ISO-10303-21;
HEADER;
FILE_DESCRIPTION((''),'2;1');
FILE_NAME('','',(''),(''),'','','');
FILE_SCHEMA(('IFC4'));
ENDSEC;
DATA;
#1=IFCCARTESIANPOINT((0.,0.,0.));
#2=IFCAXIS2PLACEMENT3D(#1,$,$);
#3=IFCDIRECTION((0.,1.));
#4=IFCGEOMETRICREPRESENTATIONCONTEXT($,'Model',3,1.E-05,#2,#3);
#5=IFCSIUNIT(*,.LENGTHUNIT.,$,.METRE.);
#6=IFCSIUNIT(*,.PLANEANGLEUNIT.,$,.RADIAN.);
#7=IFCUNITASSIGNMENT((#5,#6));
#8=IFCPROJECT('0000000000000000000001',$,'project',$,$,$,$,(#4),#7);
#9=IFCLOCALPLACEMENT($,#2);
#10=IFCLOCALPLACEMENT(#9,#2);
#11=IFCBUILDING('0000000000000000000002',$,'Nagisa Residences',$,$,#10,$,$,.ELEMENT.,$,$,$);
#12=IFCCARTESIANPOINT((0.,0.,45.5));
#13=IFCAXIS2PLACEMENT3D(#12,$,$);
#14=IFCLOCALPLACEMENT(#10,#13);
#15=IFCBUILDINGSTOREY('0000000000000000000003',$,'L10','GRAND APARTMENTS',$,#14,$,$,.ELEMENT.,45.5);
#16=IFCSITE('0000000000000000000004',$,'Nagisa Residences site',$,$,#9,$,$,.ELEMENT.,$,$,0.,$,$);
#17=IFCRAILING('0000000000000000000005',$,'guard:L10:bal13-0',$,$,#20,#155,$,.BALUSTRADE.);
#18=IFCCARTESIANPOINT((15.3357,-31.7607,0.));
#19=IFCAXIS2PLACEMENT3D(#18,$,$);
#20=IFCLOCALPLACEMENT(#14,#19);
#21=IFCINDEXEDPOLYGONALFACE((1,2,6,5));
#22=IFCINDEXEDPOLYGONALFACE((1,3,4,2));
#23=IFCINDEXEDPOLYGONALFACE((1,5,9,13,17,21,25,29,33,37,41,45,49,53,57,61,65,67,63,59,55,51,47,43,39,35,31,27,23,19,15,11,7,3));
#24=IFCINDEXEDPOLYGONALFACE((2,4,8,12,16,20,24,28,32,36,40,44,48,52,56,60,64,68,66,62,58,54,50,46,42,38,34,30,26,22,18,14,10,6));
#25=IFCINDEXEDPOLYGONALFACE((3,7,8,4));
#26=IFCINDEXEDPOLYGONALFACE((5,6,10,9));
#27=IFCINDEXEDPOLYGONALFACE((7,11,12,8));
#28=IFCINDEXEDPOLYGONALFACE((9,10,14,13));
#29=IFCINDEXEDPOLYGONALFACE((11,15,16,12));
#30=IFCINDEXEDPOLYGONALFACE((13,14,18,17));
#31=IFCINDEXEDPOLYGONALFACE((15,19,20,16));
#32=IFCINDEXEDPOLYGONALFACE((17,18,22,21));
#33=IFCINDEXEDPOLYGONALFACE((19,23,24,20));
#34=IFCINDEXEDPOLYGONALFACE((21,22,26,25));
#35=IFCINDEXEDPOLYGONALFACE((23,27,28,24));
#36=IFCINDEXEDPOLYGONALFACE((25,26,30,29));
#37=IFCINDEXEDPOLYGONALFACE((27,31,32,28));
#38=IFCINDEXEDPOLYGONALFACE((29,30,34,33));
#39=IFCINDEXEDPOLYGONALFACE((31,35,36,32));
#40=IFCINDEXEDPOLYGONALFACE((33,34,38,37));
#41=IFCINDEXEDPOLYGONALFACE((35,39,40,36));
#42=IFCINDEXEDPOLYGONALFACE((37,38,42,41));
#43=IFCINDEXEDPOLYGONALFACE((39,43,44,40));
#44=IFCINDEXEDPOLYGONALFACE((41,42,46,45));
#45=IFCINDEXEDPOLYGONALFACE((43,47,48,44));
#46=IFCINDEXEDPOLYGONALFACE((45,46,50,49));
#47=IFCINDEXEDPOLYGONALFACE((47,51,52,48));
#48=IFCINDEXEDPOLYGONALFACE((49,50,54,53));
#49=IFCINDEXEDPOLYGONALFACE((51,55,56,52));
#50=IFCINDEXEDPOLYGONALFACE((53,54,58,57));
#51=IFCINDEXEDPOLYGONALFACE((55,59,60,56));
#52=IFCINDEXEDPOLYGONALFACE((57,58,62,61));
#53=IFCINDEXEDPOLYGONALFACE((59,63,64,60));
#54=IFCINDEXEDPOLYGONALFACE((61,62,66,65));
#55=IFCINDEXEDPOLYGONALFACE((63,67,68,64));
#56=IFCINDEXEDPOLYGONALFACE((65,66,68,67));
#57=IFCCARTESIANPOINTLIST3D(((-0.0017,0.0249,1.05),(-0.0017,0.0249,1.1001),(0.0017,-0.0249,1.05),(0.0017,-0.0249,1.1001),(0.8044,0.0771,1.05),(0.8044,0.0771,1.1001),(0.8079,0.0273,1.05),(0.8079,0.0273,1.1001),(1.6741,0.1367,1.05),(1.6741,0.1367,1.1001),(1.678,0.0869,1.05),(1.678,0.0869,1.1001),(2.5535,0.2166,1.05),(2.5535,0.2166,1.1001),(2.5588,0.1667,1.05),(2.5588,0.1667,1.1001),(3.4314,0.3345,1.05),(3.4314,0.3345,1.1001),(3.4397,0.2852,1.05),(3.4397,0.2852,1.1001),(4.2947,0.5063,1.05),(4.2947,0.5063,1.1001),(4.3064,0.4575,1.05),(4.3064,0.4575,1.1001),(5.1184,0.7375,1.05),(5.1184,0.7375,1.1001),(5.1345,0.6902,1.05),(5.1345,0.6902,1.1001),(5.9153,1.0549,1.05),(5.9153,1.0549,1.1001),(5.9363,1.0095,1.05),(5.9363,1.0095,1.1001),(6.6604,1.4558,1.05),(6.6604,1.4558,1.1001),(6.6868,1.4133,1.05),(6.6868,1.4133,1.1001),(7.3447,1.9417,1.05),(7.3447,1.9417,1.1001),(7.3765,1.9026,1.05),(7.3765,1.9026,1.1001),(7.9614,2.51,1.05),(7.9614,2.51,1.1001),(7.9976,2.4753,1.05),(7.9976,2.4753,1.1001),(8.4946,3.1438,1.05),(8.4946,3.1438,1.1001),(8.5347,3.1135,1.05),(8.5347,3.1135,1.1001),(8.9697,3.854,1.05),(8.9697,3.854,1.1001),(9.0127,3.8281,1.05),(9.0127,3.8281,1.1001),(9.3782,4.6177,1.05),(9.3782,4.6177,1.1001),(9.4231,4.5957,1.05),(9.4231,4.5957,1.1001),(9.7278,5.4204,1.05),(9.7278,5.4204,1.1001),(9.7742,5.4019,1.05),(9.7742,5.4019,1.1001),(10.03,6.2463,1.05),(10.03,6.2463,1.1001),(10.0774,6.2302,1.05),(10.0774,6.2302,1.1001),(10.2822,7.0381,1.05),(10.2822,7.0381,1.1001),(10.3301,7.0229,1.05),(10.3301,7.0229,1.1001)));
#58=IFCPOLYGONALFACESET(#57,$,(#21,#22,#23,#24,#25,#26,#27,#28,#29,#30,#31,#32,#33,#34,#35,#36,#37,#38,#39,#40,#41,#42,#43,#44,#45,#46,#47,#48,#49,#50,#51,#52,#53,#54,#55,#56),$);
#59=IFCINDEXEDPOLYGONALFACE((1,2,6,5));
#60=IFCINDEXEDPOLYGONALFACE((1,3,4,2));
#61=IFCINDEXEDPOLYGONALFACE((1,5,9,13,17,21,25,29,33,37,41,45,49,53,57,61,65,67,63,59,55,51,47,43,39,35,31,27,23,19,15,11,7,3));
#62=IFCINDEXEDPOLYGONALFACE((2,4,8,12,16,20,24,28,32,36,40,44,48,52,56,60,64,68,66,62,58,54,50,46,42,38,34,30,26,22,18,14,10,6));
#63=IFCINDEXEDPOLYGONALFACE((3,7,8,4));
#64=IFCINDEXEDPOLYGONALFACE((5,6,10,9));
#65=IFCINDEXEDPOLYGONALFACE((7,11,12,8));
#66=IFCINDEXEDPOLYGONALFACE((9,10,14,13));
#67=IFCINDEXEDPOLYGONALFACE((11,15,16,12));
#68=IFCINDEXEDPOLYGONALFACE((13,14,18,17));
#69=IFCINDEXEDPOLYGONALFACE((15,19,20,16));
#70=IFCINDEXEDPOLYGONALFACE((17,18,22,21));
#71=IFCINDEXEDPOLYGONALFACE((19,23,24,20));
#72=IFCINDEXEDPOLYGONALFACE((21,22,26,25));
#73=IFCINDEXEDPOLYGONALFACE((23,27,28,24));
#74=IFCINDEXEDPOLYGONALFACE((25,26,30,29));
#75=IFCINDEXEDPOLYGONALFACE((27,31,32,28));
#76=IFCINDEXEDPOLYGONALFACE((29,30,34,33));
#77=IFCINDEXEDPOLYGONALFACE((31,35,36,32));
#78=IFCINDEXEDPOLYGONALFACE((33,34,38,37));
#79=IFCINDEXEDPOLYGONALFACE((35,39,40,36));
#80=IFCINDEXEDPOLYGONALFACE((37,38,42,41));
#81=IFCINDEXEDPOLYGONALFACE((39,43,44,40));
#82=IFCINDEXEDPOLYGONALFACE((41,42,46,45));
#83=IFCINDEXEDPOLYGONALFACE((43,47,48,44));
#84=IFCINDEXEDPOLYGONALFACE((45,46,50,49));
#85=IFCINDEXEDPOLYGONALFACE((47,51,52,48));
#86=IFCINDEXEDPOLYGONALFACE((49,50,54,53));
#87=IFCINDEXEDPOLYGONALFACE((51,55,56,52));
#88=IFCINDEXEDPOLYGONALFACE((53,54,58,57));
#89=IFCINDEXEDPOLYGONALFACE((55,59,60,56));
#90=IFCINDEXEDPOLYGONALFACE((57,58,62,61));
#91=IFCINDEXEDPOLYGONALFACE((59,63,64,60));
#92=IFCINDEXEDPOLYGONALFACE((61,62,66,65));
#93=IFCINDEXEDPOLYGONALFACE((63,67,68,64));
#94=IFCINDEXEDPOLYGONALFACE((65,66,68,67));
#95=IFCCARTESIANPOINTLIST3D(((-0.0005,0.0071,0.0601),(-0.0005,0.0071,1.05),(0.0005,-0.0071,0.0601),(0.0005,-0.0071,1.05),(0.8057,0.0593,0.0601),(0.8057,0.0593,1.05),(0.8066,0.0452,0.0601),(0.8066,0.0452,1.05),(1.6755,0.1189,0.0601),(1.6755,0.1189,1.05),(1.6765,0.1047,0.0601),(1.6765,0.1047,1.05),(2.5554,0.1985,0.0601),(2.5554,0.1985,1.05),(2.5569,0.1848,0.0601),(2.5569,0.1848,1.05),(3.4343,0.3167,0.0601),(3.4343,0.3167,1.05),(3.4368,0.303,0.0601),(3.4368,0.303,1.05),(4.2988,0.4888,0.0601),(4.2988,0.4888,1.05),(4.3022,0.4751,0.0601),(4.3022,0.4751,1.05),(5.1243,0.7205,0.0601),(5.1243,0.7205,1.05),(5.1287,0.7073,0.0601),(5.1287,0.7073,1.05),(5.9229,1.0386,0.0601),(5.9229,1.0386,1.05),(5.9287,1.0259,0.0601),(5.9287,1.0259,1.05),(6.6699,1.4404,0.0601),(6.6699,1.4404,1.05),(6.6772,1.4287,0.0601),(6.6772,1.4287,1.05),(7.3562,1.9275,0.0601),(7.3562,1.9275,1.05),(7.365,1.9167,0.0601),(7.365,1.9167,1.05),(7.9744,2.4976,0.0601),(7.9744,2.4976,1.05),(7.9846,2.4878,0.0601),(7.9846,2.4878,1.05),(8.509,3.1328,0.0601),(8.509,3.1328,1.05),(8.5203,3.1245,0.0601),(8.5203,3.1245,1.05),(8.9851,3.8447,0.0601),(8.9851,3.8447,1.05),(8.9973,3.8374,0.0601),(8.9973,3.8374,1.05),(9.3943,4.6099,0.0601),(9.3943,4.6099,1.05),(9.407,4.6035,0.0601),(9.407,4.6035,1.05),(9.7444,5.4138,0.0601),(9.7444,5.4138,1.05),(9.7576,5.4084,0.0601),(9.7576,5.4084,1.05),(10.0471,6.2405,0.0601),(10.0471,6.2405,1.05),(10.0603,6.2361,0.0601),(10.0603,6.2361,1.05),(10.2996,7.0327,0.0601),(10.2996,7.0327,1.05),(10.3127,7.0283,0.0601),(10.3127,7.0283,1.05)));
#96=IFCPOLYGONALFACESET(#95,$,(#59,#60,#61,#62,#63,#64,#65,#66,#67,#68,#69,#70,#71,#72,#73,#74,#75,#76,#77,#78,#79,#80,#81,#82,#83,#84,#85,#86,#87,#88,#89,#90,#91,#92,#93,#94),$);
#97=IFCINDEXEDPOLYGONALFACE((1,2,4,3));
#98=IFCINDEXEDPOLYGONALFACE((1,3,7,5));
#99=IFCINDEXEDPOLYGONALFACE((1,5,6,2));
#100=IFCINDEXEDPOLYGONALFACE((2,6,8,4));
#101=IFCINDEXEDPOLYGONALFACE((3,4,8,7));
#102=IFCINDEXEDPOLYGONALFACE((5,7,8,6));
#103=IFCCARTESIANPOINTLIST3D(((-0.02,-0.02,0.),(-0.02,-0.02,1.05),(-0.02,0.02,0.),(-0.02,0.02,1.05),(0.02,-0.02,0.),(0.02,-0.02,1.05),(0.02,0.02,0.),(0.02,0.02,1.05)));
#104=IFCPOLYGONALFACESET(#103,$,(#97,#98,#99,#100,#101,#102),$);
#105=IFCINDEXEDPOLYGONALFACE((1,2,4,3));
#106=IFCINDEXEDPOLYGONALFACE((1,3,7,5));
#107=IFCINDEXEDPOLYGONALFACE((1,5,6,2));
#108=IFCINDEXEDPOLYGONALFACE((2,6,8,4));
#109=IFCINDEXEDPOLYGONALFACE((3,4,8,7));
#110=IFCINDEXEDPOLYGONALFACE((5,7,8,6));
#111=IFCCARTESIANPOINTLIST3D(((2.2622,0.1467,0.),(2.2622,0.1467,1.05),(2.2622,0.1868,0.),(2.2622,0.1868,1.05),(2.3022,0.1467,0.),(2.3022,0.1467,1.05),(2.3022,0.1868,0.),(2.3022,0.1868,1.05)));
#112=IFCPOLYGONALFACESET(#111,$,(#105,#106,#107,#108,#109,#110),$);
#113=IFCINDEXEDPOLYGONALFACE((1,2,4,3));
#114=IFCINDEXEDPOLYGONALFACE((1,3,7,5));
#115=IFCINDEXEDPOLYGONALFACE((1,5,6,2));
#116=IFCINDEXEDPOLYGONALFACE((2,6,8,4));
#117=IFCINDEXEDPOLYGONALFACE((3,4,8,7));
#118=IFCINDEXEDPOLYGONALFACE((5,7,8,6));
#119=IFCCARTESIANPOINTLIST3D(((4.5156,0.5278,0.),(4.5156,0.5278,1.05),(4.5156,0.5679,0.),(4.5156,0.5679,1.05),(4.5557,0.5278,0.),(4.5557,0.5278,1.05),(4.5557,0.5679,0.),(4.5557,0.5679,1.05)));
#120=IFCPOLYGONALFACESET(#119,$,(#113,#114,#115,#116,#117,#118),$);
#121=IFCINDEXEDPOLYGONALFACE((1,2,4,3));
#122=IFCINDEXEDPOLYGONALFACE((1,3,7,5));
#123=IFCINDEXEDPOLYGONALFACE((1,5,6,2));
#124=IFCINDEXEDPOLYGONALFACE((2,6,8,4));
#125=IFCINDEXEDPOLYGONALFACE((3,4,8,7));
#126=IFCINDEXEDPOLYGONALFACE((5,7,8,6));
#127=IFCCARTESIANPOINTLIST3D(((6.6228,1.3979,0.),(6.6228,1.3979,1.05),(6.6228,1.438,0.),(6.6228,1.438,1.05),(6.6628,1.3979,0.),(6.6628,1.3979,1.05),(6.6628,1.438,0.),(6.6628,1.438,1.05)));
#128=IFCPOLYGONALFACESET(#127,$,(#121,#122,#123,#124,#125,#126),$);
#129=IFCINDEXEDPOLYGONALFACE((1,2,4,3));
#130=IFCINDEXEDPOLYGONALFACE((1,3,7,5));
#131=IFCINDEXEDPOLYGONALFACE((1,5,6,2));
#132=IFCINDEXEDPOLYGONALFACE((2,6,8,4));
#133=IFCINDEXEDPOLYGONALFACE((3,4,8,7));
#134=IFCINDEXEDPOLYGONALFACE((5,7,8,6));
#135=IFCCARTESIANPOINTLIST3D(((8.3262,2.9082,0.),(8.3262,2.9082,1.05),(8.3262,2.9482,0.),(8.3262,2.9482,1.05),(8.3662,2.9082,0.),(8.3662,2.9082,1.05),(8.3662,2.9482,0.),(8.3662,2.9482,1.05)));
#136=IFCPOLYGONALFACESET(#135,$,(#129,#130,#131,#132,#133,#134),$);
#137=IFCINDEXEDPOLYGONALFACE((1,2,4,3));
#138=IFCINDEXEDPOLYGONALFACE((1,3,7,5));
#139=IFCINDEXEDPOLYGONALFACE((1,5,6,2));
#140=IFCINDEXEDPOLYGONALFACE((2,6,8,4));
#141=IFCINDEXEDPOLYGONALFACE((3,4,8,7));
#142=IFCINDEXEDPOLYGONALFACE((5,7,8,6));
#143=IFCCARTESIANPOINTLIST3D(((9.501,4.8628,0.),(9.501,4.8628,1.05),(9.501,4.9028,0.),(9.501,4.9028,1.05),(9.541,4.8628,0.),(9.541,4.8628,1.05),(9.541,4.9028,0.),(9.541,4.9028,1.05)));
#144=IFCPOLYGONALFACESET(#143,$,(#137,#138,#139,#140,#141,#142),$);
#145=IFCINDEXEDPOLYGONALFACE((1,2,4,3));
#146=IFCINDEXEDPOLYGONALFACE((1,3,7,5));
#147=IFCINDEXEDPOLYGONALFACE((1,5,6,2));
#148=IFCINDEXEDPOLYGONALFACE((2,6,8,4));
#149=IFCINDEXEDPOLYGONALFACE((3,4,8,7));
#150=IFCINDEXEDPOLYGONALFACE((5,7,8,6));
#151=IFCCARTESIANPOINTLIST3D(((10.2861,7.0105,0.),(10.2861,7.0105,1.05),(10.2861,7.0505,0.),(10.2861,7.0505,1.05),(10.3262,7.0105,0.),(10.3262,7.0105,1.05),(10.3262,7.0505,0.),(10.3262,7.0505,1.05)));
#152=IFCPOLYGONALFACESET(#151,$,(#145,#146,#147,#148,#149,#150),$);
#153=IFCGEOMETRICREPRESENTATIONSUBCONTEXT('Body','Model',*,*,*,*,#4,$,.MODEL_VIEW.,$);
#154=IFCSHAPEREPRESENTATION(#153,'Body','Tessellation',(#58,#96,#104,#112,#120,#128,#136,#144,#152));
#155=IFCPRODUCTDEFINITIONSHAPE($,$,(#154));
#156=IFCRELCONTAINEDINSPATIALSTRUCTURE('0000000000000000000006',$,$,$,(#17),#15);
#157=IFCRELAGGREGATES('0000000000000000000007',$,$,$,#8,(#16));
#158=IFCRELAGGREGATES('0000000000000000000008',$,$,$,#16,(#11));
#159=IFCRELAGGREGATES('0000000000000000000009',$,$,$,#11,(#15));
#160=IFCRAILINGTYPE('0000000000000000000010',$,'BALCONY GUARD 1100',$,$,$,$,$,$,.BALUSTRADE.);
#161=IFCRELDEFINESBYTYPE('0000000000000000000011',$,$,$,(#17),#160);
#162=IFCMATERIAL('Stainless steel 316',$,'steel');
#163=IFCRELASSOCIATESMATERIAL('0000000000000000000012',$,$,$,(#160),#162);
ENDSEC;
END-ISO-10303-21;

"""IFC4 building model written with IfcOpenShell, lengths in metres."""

from ifc_helpers import new_model, si_unit, direction, frame, origin, origin_2d, place, context, subcontext, project, spatial, polyline, rectangle, outline, extrude, material, type_object, element, save


model = new_model("IFC4")

# Units and contexts
model_context = context("Model", 3, precision=1e-05, world=origin(), true_north=direction((0.0, 1.0)))
body_context = subcontext(model_context, "Body", "Model", "MODEL_VIEW")
ifc_project = project(units=[si_unit("LENGTHUNIT", "METRE"), si_unit("PLANEANGLEUNIT", "RADIAN")], contexts=[model_context])

# Site, building, storey
site_placement = place(None, origin())
site = spatial("IfcSite", under=ifc_project, at=site_placement, Name="Nagisa Residences site", CompositionType="ELEMENT", RefElevation=0.0)
building_placement = place(site_placement, origin())
building = spatial("IfcBuilding", under=site, at=building_placement, Name="Nagisa Residences", CompositionType="ELEMENT")
storey_placement = place(building_placement, frame((0.0, 0.0, 45.5)))
storey = spatial("IfcBuildingStorey", under=building, at=storey_placement, Name="L10", Description="GRAND APARTMENTS", CompositionType="ELEMENT", Elevation=45.5)

# Railing
ifc_material_1 = material(Name="Stainless steel 316", Category="steel")
railing_type = type_object("IfcRailingType", Name="BALCONY GUARD 1100", PredefinedType="BALUSTRADE", material=ifc_material_1)
railing_1_placement = place(storey_placement, frame((15.3357, -31.7607, 0.0)))
element("IfcRailing", 1, at=railing_1_placement, inside=storey, type_object=railing_type, Name="guard:L10:bal13-0", PredefinedType="BALUSTRADE", context=body_context, shape_type="SweptSolid", body=[
    extrude(outline(polyline([(0.8044, 0.0771), (-0.0017, 0.0249), (0.0017, -0.0249), (0.8079, 0.0273), (1.678, 0.0869), (2.5588, 0.1667), (3.4397, 0.2852), (4.3064, 0.4575), (5.1345, 0.6902), (5.9363, 1.0095), (6.6868, 1.4133), (7.3765, 1.9026), (7.9976, 2.4753), (8.5347, 3.1135), (9.0127, 3.8281), (9.4231, 4.5957), (9.7742, 5.4019), (10.0774, 6.2302), (10.3301, 7.0229), (10.2822, 7.0381), (10.03, 6.2463), (9.7278, 5.4204), (9.3782, 4.6177), (8.9697, 3.854), (8.4946, 3.1438), (7.9614, 2.51), (7.3447, 1.9417), (6.6604, 1.4558), (5.9153, 1.0549), (5.1184, 0.7375), (4.2947, 0.5063), (3.4314, 0.3345), (2.5535, 0.2166), (1.6741, 0.1367), (0.8044, 0.0771)])), frame((0.0, 0.0, 1.05)), (0.0, 0.0, 1.0), 0.05),
    extrude(outline(polyline([(0.8057, 0.0593), (-0.0005, 0.0071), (0.0005, -0.0071), (0.8066, 0.0452), (1.6765, 0.1047), (2.5569, 0.1848), (3.4368, 0.303), (4.3022, 0.4751), (5.1287, 0.7073), (5.9287, 1.0259), (6.6772, 1.4287), (7.365, 1.9167), (7.9846, 2.4878), (8.5203, 3.1245), (8.9973, 3.8374), (9.407, 4.6035), (9.7576, 5.4084), (10.0603, 6.2361), (10.3127, 7.0283), (10.2996, 7.0327), (10.0471, 6.2405), (9.7444, 5.4138), (9.3943, 4.6099), (8.9851, 3.8447), (8.509, 3.1328), (7.9744, 2.4976), (7.3562, 1.9275), (6.6699, 1.4404), (5.9229, 1.0386), (5.1243, 0.7205), (4.2988, 0.4888), (3.4343, 0.3167), (2.5554, 0.1985), (1.6755, 0.1189), (0.8057, 0.0593)])), frame((0.0, 0.0, 0.0601)), (0.0, 0.0, 1.0), 0.99),
    extrude(rectangle(XDim=0.04, YDim=0.04, at=origin_2d()), origin(), (0.0, 0.0, 1.0), 1.05),
    extrude(rectangle(XDim=0.04, YDim=0.04, at=origin_2d()), frame((2.2822, 0.1667, 0.0)), (0.0, 0.0, 1.0), 1.05),
    extrude(rectangle(XDim=0.04, YDim=0.04, at=origin_2d()), frame((4.5356, 0.5479, 0.0)), (0.0, 0.0, 1.0), 1.05),
    extrude(rectangle(XDim=0.04, YDim=0.04, at=origin_2d()), frame((6.6428, 1.418, 0.0)), (0.0, 0.0, 1.0), 1.05),
    extrude(rectangle(XDim=0.04, YDim=0.04, at=origin_2d()), frame((8.3462, 2.9282, 0.0)), (0.0, 0.0, 1.0), 1.05),
    extrude(rectangle(XDim=0.04, YDim=0.04, at=origin_2d()), frame((9.521, 4.8828, 0.0)), (0.0, 0.0, 1.0), 1.05),
    extrude(rectangle(XDim=0.04, YDim=0.04, at=origin_2d()), frame((10.3062, 7.0305, 0.0)), (0.0, 0.0, 1.0), 1.05),
])

save(model, "model.ifc")
